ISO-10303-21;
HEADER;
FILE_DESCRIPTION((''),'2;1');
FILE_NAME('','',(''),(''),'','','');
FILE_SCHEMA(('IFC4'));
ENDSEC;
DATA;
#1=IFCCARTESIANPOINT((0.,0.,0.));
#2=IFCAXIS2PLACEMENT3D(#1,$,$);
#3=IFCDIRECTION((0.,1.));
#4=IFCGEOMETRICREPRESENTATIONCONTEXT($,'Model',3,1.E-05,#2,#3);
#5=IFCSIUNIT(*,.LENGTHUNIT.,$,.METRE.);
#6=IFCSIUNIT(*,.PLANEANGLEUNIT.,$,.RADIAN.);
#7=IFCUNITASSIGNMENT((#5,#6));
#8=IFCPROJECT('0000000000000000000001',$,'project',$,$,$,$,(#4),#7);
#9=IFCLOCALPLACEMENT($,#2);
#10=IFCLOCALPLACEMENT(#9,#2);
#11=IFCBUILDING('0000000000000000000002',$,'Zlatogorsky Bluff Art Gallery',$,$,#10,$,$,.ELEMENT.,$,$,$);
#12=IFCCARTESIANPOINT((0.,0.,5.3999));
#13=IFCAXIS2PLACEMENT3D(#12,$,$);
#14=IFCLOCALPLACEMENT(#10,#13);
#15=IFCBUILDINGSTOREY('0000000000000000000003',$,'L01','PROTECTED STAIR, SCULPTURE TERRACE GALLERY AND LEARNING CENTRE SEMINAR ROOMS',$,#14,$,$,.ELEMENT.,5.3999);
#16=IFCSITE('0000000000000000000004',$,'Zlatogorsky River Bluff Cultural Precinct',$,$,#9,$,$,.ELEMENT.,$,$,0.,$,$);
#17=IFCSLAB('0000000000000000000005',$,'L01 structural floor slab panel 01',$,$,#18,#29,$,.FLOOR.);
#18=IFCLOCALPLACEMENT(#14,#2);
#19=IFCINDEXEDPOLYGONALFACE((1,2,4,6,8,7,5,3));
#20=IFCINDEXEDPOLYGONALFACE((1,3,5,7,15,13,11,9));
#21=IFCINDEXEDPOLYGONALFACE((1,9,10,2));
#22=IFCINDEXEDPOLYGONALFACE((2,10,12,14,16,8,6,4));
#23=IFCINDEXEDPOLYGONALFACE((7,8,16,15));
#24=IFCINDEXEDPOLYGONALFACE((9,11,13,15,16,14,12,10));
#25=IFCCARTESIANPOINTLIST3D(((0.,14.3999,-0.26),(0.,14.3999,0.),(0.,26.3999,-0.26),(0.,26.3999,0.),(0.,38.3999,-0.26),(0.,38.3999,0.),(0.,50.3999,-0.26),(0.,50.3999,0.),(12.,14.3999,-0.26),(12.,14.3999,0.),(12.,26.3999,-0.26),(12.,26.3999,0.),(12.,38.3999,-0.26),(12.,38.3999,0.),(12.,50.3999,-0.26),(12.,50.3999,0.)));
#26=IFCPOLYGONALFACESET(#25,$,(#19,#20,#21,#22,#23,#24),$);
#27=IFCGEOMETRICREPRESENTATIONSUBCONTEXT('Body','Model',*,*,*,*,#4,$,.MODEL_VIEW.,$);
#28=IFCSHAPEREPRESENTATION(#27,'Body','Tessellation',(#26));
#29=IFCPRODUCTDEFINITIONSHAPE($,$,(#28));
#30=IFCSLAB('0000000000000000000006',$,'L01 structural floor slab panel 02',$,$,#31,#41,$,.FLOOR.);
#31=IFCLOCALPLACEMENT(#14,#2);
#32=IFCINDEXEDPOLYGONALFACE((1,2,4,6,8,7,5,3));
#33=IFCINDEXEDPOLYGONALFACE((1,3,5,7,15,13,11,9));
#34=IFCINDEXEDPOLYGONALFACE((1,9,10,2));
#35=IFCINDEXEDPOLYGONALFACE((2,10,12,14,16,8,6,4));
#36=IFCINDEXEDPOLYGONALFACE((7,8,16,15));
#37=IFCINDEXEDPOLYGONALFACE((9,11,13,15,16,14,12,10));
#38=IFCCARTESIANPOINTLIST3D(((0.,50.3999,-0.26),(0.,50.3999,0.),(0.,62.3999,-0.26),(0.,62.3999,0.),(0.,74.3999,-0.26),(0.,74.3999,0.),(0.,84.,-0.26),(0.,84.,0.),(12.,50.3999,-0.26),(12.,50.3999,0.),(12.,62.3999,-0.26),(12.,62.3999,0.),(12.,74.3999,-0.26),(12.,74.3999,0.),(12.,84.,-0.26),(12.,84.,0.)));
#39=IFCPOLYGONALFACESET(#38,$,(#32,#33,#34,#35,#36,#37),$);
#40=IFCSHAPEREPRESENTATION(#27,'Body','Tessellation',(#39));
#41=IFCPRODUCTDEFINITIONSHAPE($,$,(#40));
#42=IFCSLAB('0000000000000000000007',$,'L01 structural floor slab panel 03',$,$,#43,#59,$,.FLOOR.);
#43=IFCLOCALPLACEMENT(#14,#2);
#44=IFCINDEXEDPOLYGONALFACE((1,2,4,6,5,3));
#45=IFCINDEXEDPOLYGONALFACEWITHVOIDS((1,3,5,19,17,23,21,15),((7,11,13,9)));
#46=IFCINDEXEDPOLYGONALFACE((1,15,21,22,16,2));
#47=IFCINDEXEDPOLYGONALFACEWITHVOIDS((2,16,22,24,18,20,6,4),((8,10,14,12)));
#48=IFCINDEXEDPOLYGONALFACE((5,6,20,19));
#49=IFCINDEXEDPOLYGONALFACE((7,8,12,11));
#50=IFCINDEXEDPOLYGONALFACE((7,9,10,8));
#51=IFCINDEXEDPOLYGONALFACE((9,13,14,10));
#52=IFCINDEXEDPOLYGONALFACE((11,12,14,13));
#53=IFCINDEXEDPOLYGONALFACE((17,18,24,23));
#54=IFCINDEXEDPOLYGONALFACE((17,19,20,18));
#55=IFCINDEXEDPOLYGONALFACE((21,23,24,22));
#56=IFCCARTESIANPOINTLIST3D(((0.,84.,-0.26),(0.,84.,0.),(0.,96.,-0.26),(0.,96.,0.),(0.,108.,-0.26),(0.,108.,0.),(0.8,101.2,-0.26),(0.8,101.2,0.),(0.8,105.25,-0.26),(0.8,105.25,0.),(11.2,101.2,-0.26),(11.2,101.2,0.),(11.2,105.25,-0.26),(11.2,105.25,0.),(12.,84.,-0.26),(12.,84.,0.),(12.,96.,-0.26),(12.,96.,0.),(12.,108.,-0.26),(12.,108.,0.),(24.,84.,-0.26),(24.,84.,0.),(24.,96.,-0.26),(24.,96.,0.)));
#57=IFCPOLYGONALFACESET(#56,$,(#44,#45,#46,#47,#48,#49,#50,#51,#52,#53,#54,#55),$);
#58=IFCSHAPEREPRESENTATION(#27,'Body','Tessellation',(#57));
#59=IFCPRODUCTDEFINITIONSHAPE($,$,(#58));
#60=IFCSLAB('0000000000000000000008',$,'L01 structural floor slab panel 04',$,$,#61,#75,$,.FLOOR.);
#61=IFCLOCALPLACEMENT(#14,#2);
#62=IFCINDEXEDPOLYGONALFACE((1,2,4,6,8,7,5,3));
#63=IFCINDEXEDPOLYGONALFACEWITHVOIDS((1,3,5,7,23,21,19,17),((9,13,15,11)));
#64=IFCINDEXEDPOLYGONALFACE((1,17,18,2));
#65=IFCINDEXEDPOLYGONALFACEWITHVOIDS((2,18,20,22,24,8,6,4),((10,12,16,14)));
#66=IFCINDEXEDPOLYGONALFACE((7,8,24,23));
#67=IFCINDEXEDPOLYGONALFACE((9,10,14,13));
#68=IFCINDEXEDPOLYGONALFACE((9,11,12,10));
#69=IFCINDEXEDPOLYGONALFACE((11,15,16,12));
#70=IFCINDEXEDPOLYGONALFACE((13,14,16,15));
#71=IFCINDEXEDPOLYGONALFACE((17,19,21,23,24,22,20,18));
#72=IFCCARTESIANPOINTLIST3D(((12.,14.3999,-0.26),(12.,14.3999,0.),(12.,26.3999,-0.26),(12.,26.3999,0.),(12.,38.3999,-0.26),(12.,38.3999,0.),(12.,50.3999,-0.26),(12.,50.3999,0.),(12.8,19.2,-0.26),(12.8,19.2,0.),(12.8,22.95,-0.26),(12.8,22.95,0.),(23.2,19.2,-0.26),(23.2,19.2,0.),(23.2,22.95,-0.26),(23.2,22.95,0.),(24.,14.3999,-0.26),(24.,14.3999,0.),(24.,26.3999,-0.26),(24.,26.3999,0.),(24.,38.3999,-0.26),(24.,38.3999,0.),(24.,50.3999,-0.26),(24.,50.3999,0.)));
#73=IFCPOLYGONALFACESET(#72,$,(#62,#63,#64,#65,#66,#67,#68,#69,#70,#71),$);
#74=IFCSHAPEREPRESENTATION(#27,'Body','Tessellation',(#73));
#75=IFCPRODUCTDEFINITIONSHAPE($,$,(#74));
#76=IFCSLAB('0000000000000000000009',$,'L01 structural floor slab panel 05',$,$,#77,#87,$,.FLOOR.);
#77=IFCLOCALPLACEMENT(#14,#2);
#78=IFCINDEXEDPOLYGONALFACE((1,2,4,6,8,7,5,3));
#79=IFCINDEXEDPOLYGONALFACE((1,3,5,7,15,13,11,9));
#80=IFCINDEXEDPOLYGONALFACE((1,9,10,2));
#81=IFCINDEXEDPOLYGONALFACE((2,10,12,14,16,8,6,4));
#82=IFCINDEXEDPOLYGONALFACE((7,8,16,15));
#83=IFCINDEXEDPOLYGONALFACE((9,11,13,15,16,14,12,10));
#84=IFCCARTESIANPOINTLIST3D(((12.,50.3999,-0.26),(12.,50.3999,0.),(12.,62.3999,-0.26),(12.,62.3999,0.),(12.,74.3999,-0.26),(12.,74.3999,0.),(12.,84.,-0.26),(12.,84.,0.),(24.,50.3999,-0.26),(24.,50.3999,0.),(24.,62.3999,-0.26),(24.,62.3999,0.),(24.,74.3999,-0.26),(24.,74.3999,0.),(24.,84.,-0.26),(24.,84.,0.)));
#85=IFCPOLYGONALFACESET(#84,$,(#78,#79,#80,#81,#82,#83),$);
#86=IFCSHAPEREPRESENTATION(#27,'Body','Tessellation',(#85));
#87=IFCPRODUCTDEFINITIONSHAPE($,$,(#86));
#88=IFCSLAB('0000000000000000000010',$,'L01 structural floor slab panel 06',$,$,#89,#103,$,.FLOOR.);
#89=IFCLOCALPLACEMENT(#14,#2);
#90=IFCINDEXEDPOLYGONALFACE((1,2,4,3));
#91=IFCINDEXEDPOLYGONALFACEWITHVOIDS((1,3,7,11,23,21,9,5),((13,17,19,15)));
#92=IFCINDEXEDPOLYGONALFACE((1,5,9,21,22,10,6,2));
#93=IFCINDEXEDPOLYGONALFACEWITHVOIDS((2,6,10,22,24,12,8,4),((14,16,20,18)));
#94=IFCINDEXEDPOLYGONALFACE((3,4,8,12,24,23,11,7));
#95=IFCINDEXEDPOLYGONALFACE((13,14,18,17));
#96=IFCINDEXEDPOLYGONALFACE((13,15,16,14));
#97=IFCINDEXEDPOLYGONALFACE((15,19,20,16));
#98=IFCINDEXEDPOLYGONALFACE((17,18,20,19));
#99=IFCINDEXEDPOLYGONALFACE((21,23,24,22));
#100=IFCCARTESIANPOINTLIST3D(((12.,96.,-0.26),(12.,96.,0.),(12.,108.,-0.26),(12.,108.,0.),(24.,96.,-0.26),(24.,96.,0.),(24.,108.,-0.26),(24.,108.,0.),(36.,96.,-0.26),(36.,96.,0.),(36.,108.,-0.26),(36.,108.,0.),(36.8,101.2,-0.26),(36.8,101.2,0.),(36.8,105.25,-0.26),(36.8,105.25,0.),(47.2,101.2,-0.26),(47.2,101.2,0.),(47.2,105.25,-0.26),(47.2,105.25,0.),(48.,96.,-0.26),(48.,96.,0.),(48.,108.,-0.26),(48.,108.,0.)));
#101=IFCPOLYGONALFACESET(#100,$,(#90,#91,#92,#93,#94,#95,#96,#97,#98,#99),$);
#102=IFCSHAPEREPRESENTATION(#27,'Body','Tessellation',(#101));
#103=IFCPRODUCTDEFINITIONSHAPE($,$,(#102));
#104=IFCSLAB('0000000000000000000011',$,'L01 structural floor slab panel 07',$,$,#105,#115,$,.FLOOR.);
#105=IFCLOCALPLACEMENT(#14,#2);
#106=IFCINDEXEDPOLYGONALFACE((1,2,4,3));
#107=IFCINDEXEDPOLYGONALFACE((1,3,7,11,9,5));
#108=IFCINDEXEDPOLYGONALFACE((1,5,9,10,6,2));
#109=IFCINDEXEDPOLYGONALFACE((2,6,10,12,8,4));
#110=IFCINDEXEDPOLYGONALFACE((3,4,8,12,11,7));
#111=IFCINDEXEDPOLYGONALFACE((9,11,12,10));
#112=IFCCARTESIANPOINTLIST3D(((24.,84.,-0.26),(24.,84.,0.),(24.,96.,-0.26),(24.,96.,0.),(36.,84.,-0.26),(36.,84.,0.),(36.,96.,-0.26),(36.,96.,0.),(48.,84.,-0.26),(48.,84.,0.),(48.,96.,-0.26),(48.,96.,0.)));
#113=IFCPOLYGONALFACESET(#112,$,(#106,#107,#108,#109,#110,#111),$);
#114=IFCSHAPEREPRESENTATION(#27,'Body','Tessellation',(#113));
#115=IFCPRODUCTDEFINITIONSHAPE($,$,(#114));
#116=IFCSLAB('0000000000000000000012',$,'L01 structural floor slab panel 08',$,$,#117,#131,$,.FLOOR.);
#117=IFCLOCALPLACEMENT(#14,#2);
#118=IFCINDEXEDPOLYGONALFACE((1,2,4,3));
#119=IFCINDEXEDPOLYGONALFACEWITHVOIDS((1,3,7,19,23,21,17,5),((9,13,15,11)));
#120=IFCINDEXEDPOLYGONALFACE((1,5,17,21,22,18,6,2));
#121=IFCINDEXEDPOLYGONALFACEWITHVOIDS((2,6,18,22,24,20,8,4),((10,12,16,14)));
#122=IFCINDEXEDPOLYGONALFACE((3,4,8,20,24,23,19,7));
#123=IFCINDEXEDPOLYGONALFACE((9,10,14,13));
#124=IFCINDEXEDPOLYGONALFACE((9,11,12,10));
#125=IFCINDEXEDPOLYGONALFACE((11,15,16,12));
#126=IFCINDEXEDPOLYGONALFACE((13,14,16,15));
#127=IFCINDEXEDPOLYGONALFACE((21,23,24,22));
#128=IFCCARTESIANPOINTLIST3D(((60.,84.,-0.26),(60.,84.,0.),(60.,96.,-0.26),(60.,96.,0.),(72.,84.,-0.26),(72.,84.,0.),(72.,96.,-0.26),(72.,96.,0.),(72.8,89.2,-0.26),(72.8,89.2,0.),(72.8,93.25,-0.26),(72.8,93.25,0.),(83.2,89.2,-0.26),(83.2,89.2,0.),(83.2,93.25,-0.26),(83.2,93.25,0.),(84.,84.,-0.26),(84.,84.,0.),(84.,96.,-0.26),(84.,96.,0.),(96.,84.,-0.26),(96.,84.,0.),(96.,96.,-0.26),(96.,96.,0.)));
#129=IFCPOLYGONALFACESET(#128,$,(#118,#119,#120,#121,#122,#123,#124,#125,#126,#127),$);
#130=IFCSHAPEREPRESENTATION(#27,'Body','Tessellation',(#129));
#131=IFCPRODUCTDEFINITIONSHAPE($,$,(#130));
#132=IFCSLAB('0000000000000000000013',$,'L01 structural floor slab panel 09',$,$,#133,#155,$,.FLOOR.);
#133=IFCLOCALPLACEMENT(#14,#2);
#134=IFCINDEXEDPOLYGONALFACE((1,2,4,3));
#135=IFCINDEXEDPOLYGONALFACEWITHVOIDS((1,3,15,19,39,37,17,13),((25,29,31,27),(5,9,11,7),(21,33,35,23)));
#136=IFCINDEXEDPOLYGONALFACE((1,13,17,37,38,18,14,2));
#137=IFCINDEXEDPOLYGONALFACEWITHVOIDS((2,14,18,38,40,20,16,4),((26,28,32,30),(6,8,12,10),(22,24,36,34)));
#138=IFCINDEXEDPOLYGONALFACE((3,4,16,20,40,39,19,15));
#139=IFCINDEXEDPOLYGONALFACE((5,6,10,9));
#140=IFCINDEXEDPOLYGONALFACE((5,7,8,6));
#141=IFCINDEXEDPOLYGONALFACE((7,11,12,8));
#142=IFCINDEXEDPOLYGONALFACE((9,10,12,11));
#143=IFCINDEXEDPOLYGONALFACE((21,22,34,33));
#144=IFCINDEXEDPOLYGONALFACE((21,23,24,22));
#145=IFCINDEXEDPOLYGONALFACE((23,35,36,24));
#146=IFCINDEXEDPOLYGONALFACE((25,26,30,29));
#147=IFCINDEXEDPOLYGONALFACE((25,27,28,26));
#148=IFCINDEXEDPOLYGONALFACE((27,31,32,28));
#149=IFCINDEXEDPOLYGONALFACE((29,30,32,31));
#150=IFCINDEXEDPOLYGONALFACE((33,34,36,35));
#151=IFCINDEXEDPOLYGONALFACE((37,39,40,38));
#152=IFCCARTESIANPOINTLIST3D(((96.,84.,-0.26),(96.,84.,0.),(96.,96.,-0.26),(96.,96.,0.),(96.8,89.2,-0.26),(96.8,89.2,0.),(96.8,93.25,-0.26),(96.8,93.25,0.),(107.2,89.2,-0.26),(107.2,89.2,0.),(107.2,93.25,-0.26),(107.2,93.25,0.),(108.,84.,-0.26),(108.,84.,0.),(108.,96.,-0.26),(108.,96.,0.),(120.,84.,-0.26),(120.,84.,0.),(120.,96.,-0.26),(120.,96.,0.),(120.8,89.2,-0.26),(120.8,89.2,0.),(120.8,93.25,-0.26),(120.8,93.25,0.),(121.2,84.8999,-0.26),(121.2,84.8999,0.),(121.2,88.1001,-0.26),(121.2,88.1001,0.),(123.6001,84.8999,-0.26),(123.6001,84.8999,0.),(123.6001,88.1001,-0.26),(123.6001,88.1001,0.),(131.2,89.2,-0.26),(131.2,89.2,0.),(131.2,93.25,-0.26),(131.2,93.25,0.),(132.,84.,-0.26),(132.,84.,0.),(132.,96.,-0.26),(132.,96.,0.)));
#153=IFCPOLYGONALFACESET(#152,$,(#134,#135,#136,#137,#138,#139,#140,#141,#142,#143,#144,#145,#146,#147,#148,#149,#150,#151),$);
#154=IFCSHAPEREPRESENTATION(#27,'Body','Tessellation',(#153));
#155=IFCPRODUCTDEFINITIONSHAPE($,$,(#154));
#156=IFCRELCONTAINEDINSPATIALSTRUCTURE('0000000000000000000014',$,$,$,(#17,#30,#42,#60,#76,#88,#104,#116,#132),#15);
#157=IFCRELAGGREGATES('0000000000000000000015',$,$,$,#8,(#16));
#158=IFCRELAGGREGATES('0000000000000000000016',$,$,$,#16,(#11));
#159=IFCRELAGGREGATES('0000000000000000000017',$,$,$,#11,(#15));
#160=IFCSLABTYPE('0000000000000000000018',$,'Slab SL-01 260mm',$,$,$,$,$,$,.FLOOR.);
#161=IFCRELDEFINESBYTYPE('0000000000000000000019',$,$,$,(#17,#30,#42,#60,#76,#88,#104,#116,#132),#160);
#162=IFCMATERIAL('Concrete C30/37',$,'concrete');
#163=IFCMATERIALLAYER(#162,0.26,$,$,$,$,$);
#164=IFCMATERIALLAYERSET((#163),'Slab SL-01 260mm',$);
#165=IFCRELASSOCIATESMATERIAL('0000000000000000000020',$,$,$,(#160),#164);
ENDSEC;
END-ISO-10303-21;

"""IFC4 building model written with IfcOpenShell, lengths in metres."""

from ifc_helpers import new_model, si_unit, direction, frame, origin, place, context, subcontext, project, spatial, polyline, outline, extrude, material, layer, layer_set, type_object, element, save


model = new_model("IFC4")

# Units and contexts
model_context = context("Model", 3, precision=1e-05, world=origin(), true_north=direction((0.0, 1.0)))
body_context = subcontext(model_context, "Body", "Model", "MODEL_VIEW")
ifc_project = project(units=[si_unit("LENGTHUNIT", "METRE"), si_unit("PLANEANGLEUNIT", "RADIAN")], contexts=[model_context])

# Site, building, storey
site_placement = place(None, origin())
site = spatial("IfcSite", under=ifc_project, at=site_placement, Name="Zlatogorsky River Bluff Cultural Precinct", CompositionType="ELEMENT", RefElevation=0.0)
building_placement = place(site_placement, origin())
building = spatial("IfcBuilding", under=site, at=building_placement, Name="Zlatogorsky Bluff Art Gallery", CompositionType="ELEMENT")
storey_placement = place(building_placement, frame((0.0, 0.0, 5.3999)))
storey = spatial("IfcBuildingStorey", under=building, at=storey_placement, Name="L01", Description="PROTECTED STAIR, SCULPTURE TERRACE GALLERY AND LEARNING CENTRE SEMINAR ROOMS", CompositionType="ELEMENT", Elevation=5.3999)

# Slabs
ifc_material_1 = material(Name="Concrete C30/37", Category="concrete")
ifc_layer_1 = layer(ifc_material_1, 0.26)
ifc_layer_set_1 = layer_set([ifc_layer_1], Name="Slab SL-01 260mm")
slab_type = type_object("IfcSlabType", Name="Slab SL-01 260mm", PredefinedType="FLOOR", material=ifc_layer_set_1)
slab_1_placement = place(storey_placement, frame((0.0, 0.0, -0.26)))
element("IfcSlab", 1, at=slab_1_placement, inside=storey, type_object=slab_type, Name="L01 structural floor slab panel 01", PredefinedType="FLOOR", context=body_context, shape_type="SweptSolid", body=[
    extrude(outline(polyline([(0.0, 14.3999), (0.0, 26.3999), (0.0, 38.3999), (0.0, 50.3999), (12.0, 50.3999), (12.0, 38.3999), (12.0, 26.3999), (12.0, 14.3999), (0.0, 14.3999)])), origin(), (0.0, 0.0, 1.0), 0.26),
])
slab_2_placement = place(storey_placement, frame((0.0, 0.0, -0.26)))
element("IfcSlab", 2, at=slab_2_placement, inside=storey, type_object=slab_type, Name="L01 structural floor slab panel 02", PredefinedType="FLOOR", context=body_context, shape_type="SweptSolid", body=[
    extrude(outline(polyline([(0.0, 50.3999), (0.0, 62.3999), (0.0, 74.3999), (0.0, 84.0), (12.0, 84.0), (12.0, 74.3999), (12.0, 62.3999), (12.0, 50.3999), (0.0, 50.3999)])), origin(), (0.0, 0.0, 1.0), 0.26),
])
slab_3_placement = place(storey_placement, frame((0.0, 0.0, -0.26)))
element("IfcSlab", 3, at=slab_3_placement, inside=storey, type_object=slab_type, Name="L01 structural floor slab panel 03", PredefinedType="FLOOR", context=body_context, shape_type="SweptSolid", body=[
    extrude(outline(polyline([(0.0, 96.0), (0.0, 108.0), (12.0, 108.0), (12.0, 96.0), (24.0, 96.0), (24.0, 84.0), (12.0, 84.0), (0.0, 84.0), (0.0, 96.0)]), holes=[polyline([(11.2, 101.2), (11.2, 105.25), (0.8, 105.25), (0.8, 101.2), (11.2, 101.2)])]), origin(), (0.0, 0.0, 1.0), 0.26),
])
slab_4_placement = place(storey_placement, frame((0.0, 0.0, -0.26)))
element("IfcSlab", 4, at=slab_4_placement, inside=storey, type_object=slab_type, Name="L01 structural floor slab panel 04", PredefinedType="FLOOR", context=body_context, shape_type="SweptSolid", body=[
    extrude(outline(polyline([(12.0, 14.3999), (12.0, 26.3999), (12.0, 38.3999), (12.0, 50.3999), (24.0, 50.3999), (24.0, 38.3999), (24.0, 26.3999), (24.0, 14.3999), (12.0, 14.3999)]), holes=[polyline([(23.2, 22.95), (12.8, 22.95), (12.8, 19.2), (23.2, 19.2), (23.2, 22.95)])]), origin(), (0.0, 0.0, 1.0), 0.26),
])
slab_5_placement = place(storey_placement, frame((0.0, 0.0, -0.26)))
element("IfcSlab", 5, at=slab_5_placement, inside=storey, type_object=slab_type, Name="L01 structural floor slab panel 05", PredefinedType="FLOOR", context=body_context, shape_type="SweptSolid", body=[
    extrude(outline(polyline([(12.0, 50.3999), (12.0, 62.3999), (12.0, 74.3999), (12.0, 84.0), (24.0, 84.0), (24.0, 74.3999), (24.0, 62.3999), (24.0, 50.3999), (12.0, 50.3999)])), origin(), (0.0, 0.0, 1.0), 0.26),
])
slab_6_placement = place(storey_placement, frame((0.0, 0.0, -0.26)))
element("IfcSlab", 6, at=slab_6_placement, inside=storey, type_object=slab_type, Name="L01 structural floor slab panel 06", PredefinedType="FLOOR", context=body_context, shape_type="SweptSolid", body=[
    extrude(outline(polyline([(12.0, 108.0), (24.0, 108.0), (36.0, 108.0), (48.0, 108.0), (48.0, 96.0), (36.0, 96.0), (24.0, 96.0), (12.0, 96.0), (12.0, 108.0)]), holes=[polyline([(47.2, 101.2), (47.2, 105.25), (36.8, 105.25), (36.8, 101.2), (47.2, 101.2)])]), origin(), (0.0, 0.0, 1.0), 0.26),
])
slab_7_placement = place(storey_placement, frame((0.0, 0.0, -0.26)))
element("IfcSlab", 7, at=slab_7_placement, inside=storey, type_object=slab_type, Name="L01 structural floor slab panel 07", PredefinedType="FLOOR", context=body_context, shape_type="SweptSolid", body=[
    extrude(outline(polyline([(24.0, 96.0), (36.0, 96.0), (48.0, 96.0), (48.0, 84.0), (36.0, 84.0), (24.0, 84.0), (24.0, 96.0)])), origin(), (0.0, 0.0, 1.0), 0.26),
])
slab_8_placement = place(storey_placement, frame((0.0, 0.0, -0.26)))
element("IfcSlab", 8, at=slab_8_placement, inside=storey, type_object=slab_type, Name="L01 structural floor slab panel 08", PredefinedType="FLOOR", context=body_context, shape_type="SweptSolid", body=[
    extrude(outline(polyline([(60.0, 96.0), (72.0, 96.0), (84.0, 96.0), (96.0, 96.0), (96.0, 84.0), (84.0, 84.0), (72.0, 84.0), (60.0, 84.0), (60.0, 96.0)]), holes=[polyline([(83.2, 89.2), (83.2, 93.25), (72.8, 93.25), (72.8, 89.2), (83.2, 89.2)])]), origin(), (0.0, 0.0, 1.0), 0.26),
])
slab_9_placement = place(storey_placement, frame((0.0, 0.0, -0.26)))
element("IfcSlab", 9, at=slab_9_placement, inside=storey, type_object=slab_type, Name="L01 structural floor slab panel 09", PredefinedType="FLOOR", context=body_context, shape_type="SweptSolid", body=[
    extrude(outline(polyline([(96.0, 96.0), (108.0, 96.0), (120.0, 96.0), (132.0, 96.0), (132.0, 84.0), (120.0, 84.0), (108.0, 84.0), (96.0, 84.0), (96.0, 96.0)]), holes=[polyline([(123.6001, 88.1001), (121.2, 88.1001), (121.2, 84.8999), (123.6001, 84.8999), (123.6001, 88.1001)]), polyline([(107.2, 89.2), (107.2, 93.25), (96.8, 93.25), (96.8, 89.2), (107.2, 89.2)]), polyline([(131.2, 89.2), (131.2, 93.25), (120.8, 93.25), (120.8, 89.2), (131.2, 89.2)])]), origin(), (0.0, 0.0, 1.0), 0.26),
])

save(model, "model.ifc")
